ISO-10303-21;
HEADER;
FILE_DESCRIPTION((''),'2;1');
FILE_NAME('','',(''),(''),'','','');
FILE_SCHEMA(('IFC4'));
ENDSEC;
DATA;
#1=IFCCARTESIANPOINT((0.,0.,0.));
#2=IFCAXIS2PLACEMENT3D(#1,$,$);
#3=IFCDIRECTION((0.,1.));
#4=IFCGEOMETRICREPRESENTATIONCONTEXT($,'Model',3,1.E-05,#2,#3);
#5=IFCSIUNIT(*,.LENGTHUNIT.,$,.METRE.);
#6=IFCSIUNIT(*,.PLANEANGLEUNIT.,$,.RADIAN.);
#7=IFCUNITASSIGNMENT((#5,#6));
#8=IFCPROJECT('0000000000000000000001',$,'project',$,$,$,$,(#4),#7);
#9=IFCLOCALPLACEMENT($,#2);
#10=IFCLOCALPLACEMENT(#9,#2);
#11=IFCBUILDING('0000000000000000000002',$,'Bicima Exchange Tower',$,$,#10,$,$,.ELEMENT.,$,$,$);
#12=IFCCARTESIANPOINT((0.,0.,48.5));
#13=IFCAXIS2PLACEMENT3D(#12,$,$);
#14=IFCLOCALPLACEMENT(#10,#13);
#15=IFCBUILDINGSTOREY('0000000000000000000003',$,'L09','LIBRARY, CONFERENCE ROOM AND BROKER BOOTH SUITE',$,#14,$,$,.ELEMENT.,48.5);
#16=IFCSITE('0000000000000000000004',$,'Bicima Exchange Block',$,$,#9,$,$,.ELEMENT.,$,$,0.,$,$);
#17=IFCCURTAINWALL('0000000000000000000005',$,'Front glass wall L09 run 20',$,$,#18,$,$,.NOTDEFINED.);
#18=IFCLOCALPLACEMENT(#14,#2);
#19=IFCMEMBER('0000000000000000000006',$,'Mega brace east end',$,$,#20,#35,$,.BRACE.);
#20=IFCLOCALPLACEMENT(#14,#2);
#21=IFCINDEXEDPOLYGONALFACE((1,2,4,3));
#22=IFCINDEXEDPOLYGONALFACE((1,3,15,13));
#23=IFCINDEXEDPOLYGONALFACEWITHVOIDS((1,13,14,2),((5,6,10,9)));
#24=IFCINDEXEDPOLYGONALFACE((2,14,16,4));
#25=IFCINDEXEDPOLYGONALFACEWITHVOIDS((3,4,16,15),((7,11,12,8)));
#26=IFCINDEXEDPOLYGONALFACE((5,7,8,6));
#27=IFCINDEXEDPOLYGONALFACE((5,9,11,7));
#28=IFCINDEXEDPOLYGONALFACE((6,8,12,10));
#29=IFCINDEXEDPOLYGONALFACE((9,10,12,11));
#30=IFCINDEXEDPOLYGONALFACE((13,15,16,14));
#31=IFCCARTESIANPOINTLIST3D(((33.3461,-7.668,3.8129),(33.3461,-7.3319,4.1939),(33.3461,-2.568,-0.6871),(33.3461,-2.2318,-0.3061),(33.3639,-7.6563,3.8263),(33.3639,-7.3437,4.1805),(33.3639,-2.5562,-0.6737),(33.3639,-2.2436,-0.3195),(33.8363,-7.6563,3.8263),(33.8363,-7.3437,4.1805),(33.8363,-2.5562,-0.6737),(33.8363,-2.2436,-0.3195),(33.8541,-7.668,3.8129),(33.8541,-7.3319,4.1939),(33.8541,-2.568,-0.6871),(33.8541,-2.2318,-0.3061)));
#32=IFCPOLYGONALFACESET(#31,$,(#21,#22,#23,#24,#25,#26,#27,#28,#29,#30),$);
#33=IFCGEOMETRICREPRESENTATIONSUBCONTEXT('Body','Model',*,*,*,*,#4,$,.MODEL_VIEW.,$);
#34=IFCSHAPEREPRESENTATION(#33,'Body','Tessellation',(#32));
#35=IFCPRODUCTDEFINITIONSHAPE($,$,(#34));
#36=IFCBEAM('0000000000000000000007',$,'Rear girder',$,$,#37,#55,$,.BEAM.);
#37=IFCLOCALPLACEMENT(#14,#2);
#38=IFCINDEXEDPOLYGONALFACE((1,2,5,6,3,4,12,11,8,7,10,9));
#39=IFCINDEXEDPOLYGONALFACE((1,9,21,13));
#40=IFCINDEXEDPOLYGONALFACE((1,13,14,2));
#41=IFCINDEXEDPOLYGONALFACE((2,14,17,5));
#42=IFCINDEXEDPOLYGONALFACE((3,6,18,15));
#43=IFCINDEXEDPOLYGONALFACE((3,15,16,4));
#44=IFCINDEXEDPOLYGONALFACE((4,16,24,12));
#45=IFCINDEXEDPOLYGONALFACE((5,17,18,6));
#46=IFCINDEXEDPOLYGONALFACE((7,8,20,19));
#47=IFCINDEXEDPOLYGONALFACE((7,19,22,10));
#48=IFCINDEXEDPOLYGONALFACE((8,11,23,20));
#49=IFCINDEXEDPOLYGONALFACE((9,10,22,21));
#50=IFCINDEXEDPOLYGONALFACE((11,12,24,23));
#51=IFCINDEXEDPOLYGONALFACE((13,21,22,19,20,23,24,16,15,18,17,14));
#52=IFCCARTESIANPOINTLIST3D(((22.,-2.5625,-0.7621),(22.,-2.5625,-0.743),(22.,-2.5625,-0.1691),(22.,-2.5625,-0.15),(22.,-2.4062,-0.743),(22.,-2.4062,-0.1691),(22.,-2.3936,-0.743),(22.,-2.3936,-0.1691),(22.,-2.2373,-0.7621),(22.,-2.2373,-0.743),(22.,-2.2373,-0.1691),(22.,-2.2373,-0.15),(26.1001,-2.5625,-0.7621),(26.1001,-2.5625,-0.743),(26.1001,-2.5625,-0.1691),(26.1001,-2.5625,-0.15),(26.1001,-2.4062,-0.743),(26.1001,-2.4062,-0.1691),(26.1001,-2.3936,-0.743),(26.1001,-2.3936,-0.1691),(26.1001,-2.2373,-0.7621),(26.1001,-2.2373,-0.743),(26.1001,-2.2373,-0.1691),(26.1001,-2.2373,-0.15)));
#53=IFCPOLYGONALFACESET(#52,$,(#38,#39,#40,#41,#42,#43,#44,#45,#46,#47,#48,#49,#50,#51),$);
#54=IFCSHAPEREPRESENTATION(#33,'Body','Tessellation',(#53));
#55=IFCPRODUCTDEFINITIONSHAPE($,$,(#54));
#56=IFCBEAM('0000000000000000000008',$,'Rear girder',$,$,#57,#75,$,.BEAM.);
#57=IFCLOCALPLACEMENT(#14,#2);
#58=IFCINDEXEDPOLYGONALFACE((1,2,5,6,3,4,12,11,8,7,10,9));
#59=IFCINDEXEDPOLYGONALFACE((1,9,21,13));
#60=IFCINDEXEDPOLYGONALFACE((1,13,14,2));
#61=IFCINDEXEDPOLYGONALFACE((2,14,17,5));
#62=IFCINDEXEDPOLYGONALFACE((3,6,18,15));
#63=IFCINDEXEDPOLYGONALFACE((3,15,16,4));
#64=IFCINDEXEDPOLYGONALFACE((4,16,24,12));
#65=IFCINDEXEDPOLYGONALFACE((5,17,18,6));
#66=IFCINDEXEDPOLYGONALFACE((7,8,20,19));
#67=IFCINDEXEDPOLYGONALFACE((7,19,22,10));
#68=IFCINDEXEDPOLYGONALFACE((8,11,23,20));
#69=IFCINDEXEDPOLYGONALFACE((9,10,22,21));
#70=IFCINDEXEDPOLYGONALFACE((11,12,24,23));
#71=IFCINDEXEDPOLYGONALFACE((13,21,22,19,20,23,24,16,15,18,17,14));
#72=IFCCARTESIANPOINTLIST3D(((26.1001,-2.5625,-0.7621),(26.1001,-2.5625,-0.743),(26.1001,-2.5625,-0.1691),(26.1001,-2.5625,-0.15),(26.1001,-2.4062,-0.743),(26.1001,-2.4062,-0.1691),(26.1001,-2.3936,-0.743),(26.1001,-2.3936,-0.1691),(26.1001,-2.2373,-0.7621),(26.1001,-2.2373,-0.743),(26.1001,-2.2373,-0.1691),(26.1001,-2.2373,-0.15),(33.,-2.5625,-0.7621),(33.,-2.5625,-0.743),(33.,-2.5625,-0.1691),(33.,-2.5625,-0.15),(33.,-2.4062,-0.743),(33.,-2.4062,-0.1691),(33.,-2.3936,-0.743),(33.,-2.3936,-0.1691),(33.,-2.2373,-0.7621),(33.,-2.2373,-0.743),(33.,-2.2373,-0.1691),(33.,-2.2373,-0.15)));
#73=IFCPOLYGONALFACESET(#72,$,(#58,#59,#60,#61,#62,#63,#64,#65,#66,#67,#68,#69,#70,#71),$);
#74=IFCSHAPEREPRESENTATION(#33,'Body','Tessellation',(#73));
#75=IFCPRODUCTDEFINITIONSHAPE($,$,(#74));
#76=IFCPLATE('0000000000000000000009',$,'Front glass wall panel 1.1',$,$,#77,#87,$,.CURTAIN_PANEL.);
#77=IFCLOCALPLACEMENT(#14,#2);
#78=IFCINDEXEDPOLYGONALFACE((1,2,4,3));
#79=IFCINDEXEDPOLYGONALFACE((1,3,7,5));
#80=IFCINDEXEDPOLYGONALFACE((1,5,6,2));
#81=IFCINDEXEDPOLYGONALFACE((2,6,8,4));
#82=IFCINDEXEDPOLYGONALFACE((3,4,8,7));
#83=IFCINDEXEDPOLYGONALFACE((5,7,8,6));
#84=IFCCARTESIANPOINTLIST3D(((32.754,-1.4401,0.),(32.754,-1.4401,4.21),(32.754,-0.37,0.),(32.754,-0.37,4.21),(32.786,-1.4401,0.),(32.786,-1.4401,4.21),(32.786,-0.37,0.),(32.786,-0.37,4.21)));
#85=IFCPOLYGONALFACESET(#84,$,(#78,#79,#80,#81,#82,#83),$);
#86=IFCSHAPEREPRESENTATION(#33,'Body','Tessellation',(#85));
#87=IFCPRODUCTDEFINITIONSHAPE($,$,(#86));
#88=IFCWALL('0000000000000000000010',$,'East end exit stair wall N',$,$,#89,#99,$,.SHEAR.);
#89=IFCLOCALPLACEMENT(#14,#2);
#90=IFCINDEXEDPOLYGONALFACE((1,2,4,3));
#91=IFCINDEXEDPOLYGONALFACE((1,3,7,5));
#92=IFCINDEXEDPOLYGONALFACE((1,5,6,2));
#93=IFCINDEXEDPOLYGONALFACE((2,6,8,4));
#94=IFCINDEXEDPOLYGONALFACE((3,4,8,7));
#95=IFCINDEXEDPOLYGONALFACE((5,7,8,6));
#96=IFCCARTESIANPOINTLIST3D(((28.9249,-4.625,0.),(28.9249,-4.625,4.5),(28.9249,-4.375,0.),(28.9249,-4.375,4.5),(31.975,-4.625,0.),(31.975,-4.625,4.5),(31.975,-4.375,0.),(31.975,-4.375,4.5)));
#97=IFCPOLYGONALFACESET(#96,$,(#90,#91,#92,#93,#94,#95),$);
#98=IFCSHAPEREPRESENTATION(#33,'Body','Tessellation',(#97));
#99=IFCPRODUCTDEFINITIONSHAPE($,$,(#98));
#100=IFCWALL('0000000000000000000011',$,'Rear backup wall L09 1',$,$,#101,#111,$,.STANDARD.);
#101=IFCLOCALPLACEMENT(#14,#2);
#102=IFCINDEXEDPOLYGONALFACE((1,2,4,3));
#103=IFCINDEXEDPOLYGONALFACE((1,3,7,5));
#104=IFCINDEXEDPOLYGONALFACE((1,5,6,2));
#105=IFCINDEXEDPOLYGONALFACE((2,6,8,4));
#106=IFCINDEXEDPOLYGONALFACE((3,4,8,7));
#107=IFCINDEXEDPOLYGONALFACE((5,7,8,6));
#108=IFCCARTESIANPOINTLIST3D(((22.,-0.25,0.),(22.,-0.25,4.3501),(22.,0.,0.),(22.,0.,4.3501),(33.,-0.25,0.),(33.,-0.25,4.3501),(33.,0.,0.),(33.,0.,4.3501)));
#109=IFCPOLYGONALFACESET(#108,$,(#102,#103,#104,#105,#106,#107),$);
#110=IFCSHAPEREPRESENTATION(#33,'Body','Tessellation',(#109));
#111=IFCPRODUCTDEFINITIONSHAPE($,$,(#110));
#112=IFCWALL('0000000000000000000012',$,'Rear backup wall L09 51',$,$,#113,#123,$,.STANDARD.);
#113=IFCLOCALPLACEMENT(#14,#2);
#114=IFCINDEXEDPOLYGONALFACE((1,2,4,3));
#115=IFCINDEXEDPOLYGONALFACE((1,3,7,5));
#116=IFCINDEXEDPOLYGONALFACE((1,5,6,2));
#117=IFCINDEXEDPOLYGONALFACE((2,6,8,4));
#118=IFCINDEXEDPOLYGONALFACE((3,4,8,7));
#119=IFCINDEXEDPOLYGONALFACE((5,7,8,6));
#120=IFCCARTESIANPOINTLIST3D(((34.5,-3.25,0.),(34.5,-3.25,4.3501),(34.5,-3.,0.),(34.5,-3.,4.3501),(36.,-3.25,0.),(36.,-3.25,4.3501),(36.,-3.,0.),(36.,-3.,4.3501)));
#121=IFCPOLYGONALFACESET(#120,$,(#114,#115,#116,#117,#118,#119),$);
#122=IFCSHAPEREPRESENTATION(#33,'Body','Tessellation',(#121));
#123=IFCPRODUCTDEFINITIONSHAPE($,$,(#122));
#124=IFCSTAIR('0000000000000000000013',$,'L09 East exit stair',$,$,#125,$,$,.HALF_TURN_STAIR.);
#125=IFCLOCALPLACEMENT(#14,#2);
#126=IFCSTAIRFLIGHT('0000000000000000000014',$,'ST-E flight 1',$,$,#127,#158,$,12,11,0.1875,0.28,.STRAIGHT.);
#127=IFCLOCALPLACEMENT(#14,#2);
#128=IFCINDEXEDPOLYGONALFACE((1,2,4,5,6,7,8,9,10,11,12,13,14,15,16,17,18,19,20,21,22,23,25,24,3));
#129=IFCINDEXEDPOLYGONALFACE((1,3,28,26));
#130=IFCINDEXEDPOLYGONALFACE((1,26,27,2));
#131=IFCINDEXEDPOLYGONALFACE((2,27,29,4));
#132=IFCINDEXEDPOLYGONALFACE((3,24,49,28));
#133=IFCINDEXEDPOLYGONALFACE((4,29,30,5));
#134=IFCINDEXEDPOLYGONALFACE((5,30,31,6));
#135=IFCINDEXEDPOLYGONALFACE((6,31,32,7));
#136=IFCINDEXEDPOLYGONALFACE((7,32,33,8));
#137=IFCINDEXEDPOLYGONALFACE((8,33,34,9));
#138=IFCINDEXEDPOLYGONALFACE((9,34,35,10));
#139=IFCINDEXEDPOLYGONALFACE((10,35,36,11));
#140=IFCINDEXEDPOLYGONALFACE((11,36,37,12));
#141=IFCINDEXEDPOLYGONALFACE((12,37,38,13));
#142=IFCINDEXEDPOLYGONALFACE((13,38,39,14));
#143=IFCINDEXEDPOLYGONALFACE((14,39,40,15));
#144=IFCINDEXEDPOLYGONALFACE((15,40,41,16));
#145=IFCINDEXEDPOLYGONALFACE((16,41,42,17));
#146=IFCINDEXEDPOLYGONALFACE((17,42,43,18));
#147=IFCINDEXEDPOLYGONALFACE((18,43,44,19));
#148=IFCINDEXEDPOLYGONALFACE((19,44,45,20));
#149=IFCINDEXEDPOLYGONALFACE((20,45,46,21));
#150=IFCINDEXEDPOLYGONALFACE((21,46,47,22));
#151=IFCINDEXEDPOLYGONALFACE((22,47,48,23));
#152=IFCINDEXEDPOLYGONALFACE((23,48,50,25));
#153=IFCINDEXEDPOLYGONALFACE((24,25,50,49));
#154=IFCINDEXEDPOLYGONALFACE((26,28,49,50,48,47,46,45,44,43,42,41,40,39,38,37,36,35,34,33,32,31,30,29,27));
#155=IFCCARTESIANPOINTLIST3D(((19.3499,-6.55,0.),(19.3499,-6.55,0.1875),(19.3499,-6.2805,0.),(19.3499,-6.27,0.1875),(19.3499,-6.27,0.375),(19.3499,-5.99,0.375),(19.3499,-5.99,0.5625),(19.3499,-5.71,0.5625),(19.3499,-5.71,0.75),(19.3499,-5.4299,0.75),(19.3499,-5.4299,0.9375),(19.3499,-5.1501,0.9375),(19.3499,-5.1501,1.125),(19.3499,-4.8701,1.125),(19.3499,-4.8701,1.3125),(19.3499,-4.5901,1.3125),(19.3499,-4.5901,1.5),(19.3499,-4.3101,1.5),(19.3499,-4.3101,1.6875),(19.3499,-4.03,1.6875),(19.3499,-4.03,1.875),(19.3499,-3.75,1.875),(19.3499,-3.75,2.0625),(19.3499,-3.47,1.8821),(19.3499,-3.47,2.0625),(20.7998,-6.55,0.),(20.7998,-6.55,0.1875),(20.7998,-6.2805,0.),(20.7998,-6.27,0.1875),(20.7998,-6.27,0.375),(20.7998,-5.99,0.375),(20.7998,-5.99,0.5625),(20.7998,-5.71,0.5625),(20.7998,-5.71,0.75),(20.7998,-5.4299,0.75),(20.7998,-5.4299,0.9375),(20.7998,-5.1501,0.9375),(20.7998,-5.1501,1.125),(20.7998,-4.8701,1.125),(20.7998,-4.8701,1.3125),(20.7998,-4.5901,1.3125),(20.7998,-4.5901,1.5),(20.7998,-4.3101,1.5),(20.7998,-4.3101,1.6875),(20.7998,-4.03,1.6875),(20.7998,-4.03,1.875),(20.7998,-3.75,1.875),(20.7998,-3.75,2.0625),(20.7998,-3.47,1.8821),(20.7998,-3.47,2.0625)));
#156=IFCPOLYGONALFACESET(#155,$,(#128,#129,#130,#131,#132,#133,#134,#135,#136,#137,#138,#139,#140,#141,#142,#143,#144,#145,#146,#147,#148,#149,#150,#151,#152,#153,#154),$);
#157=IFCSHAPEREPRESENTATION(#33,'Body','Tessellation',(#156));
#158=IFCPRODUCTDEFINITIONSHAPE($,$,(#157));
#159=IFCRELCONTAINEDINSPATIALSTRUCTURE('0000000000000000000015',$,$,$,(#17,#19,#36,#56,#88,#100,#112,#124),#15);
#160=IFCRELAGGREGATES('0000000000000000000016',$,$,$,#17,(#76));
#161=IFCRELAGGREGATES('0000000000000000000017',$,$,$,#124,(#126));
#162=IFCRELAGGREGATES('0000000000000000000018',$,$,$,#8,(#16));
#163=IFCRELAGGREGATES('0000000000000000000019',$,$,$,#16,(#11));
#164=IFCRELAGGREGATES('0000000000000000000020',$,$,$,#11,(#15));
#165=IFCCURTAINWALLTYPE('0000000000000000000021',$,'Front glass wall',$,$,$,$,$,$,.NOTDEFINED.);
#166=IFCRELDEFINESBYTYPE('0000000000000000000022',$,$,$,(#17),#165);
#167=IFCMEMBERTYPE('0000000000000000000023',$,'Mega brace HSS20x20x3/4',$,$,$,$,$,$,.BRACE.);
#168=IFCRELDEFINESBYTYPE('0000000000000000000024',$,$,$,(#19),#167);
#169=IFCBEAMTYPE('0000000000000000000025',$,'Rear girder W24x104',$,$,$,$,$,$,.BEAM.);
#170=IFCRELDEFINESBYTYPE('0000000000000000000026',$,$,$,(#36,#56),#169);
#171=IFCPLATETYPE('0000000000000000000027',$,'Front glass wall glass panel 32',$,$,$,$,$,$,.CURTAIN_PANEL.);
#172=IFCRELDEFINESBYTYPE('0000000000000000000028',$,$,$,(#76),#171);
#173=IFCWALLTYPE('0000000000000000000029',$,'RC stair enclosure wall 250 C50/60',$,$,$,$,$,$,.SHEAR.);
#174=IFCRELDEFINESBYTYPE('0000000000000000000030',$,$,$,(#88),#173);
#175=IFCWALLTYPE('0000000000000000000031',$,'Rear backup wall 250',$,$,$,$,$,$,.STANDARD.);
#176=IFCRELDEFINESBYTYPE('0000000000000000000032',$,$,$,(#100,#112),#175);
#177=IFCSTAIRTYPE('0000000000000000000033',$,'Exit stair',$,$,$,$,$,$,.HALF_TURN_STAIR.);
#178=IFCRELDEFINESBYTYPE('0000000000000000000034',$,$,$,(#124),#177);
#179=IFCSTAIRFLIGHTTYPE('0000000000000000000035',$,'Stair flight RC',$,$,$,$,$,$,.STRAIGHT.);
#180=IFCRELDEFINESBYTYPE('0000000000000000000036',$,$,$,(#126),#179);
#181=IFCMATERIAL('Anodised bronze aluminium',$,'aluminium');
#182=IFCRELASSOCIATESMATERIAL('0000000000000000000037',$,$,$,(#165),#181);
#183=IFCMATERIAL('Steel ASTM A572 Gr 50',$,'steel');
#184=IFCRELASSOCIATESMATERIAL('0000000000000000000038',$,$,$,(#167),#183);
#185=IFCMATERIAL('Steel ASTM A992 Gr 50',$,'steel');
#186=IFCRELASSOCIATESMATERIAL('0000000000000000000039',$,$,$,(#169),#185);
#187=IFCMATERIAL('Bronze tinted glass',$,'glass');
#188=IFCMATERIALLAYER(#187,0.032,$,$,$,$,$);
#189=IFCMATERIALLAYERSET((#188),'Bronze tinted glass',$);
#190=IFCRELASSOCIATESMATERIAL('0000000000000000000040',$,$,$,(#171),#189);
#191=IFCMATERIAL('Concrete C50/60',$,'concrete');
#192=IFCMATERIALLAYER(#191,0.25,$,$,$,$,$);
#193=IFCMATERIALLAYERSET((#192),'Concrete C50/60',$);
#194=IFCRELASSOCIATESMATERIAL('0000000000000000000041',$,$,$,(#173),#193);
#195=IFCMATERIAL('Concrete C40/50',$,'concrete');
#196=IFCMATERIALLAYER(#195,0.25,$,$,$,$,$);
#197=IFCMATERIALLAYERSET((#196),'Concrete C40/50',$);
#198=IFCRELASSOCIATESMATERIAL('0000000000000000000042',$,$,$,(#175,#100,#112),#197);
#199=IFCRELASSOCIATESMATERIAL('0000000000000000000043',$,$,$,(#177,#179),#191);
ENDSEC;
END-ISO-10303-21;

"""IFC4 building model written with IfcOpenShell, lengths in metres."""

from ifc_helpers import new_model, si_unit, direction, frame, frame_2d, origin, origin_2d, place, context, subcontext, project, spatial, polyline, rectangle, hollow_rectangle, i_section, outline, extrude, material, layer, layer_set, layer_usage, material_profile, profile_set, type_object, element, aggregate, save


model = new_model("IFC4")

# Units and contexts
model_context = context("Model", 3, precision=1e-05, world=origin(), true_north=direction((0.0, 1.0)))
body_context = subcontext(model_context, "Body", "Model", "MODEL_VIEW")
ifc_project = project(units=[si_unit("LENGTHUNIT", "METRE"), si_unit("PLANEANGLEUNIT", "RADIAN")], contexts=[model_context])

# Site, building, storey
site_placement = place(None, origin())
site = spatial("IfcSite", under=ifc_project, at=site_placement, Name="Bicima Exchange Block", CompositionType="ELEMENT", RefElevation=0.0)
building_placement = place(site_placement, origin())
building = spatial("IfcBuilding", under=site, at=building_placement, Name="Bicima Exchange Tower", CompositionType="ELEMENT")
storey_placement = place(building_placement, frame((0.0, 0.0, 48.5)))
storey = spatial("IfcBuildingStorey", under=building, at=storey_placement, Name="L09", Description="LIBRARY, CONFERENCE ROOM AND BROKER BOOTH SUITE", CompositionType="ELEMENT", Elevation=48.5)

# Shared definitions
ifc_material_1 = material(Name="Steel ASTM A572 Gr 50", Category="steel")
ifc_material_2 = material(Name="Steel ASTM A992 Gr 50", Category="steel")

# Curtain wall
ifc_material_3 = material(Name="Anodised bronze aluminium", Category="aluminium")
curtain_wall_type = type_object("IfcCurtainWallType", Name="Front glass wall", PredefinedType="NOTDEFINED", material=ifc_material_3)
curtain_wall_placement = place(storey_placement, origin())
curtain_wall = element("IfcCurtainWall", 1, at=curtain_wall_placement, inside=storey, type_object=curtain_wall_type, Name="Front glass wall L09 run 20", PredefinedType="NOTDEFINED")

# Member
ifc_material_profile_1 = material_profile(ifc_material_1, hollow_rectangle(XDim=0.5081, YDim=0.5081, WallThickness=0.0178, at=origin_2d()))
ifc_profile_set_1 = profile_set([ifc_material_profile_1], Name="Steel ASTM A572 Gr 50")
member_type_1 = type_object("IfcMemberType", Name="Mega brace HSS20x20x3/4", PredefinedType="BRACE", material=ifc_profile_set_1)
member_1_placement = place(storey_placement, frame((33.6001, -2.3999, -0.4966), z_axis=(0.0, -0.749844, 0.661615), x_axis=(1.0, 0.0, 0.0)))
element("IfcMember", 2, at=member_1_placement, inside=storey, type_object=member_type_1, Name="Mega brace east end", PredefinedType="BRACE", context=body_context, shape_type="SweptSolid", body=[
    extrude(hollow_rectangle(XDim=0.5081, YDim=0.5081, WallThickness=0.0178, at=origin_2d()), origin(), (0.0, 0.0, 1.0), 6.8015),
])

# Beams
ifc_material_profile_2 = material_profile(ifc_material_2, i_section(OverallWidth=0.3252, OverallDepth=0.6121, WebThickness=0.0127, FlangeThickness=0.019, at=origin_2d()))
ifc_profile_set_2 = profile_set([ifc_material_profile_2], Name="Steel ASTM A992 Gr 50")
beam_type_1 = type_object("IfcBeamType", Name="Rear girder W24x104", PredefinedType="BEAM", material=ifc_profile_set_2)
beam_1_placement = place(storey_placement, frame((22.0, -2.3999, -0.4561), z_axis=(1.0, 0.0, 0.0), x_axis=(0.0, 1.0, 0.0)))
element("IfcBeam", 3, at=beam_1_placement, inside=storey, type_object=beam_type_1, Name="Rear girder", PredefinedType="BEAM", context=body_context, shape_type="SweptSolid", body=[
    extrude(i_section(OverallWidth=0.3252, OverallDepth=0.6121, WebThickness=0.0127, FlangeThickness=0.019, at=origin_2d()), origin(), (0.0, 0.0, 1.0), 4.1001),
])
beam_2_placement = place(storey_placement, frame((26.1001, -2.3999, -0.4561), z_axis=(1.0, 0.0, 0.0), x_axis=(0.0, 1.0, 0.0)))
element("IfcBeam", 4, at=beam_2_placement, inside=storey, type_object=beam_type_1, Name="Rear girder", PredefinedType="BEAM", context=body_context, shape_type="SweptSolid", body=[
    extrude(i_section(OverallWidth=0.3252, OverallDepth=0.6121, WebThickness=0.0127, FlangeThickness=0.019, at=origin_2d()), origin(), (0.0, 0.0, 1.0), 6.8999),
])

# Plate
ifc_material_4 = material(Name="Bronze tinted glass", Category="glass")
ifc_layer_1 = layer(ifc_material_4, 0.032)
ifc_layer_set_1 = layer_set([ifc_layer_1], Name="Bronze tinted glass")
plate_type = type_object("IfcPlateType", Name="Front glass wall glass panel 32", PredefinedType="CURTAIN_PANEL", material=ifc_layer_set_1)
plate_placement = place(storey_placement, frame((32.77, -0.905, 0.0), z_axis=(0.0, 0.0, 1.0), x_axis=(0.0, 1.0, 0.0)))
plate = element("IfcPlate", 5, at=plate_placement, type_object=plate_type, Name="Front glass wall panel 1.1", PredefinedType="CURTAIN_PANEL", context=body_context, shape_type="SweptSolid", body=[
    extrude(rectangle(XDim=1.0701, YDim=0.032, at=origin_2d()), origin(), (0.0, 0.0, 1.0), 4.21),
])
aggregate(curtain_wall, [plate])

# Walls
ifc_material_5 = material(Name="Concrete C50/60", Category="concrete")
ifc_layer_2 = layer(ifc_material_5, 0.25)
ifc_layer_set_2 = layer_set([ifc_layer_2], Name="Concrete C50/60")
wall_type_1 = type_object("IfcWallType", Name="RC stair enclosure wall 250 C50/60", PredefinedType="SHEAR", material=ifc_layer_set_2)
wall_1_placement = place(storey_placement, frame((28.925, -4.5, 0.0), z_axis=(0.0, 0.0, 1.0), x_axis=(1.0, 0.0, 0.0)))
element("IfcWall", 6, at=wall_1_placement, inside=storey, type_object=wall_type_1, Name="East end exit stair wall N", PredefinedType="SHEAR", context=body_context, shape_type="SweptSolid", body=[
    extrude(rectangle(XDim=3.05, YDim=0.25, at=frame_2d((1.5249, 0.0))), origin(), (0.0, 0.0, 1.0), 4.5),
])
ifc_material_6 = material(Name="Concrete C40/50", Category="concrete")
ifc_layer_3 = layer(ifc_material_6, 0.25)
ifc_layer_set_3 = layer_set([ifc_layer_3], Name="Concrete C40/50")
ifc_layer_usage = layer_usage(ifc_layer_set_3, "AXIS2", "POSITIVE", -0.125)
wall_type_2 = type_object("IfcWallType", Name="Rear backup wall 250", PredefinedType="STANDARD", material=ifc_layer_set_3)
wall_2_placement = place(storey_placement, frame((33.0, -0.125, 0.0), z_axis=(0.0, 0.0, 1.0), x_axis=(-1.0, 0.0, 0.0)))
element("IfcWall", 7, at=wall_2_placement, inside=storey, type_object=wall_type_2, material=ifc_layer_usage, Name="Rear backup wall L09 1", PredefinedType="STANDARD", context=body_context, shape_type="SweptSolid", body=[
    extrude(rectangle(XDim=11.0, YDim=0.25, at=frame_2d((5.5, 0.0))), origin(), (0.0, 0.0, 1.0), 4.3501),
])
wall_3_placement = place(storey_placement, frame((36.0, -3.125, 0.0), z_axis=(0.0, 0.0, 1.0), x_axis=(-1.0, 0.0, 0.0)))
element("IfcWall", 8, at=wall_3_placement, inside=storey, type_object=wall_type_2, material=ifc_layer_usage, Name="Rear backup wall L09 51", PredefinedType="STANDARD", context=body_context, shape_type="SweptSolid", body=[
    extrude(rectangle(XDim=1.5, YDim=0.25, at=frame_2d((0.75, 0.0))), origin(), (0.0, 0.0, 1.0), 4.3501),
])

# Stair, stair flight
stair_type = type_object("IfcStairType", Name="Exit stair", PredefinedType="HALF_TURN_STAIR", material=ifc_material_5)
stair_1_placement = place(storey_placement, origin())
stair_1 = element("IfcStair", 9, at=stair_1_placement, inside=storey, type_object=stair_type, Name="L09 East exit stair", PredefinedType="HALF_TURN_STAIR")
stair_flight_type = type_object("IfcStairFlightType", Name="Stair flight RC", PredefinedType="STRAIGHT", material=ifc_material_5)
stair_flight_1_placement = place(storey_placement, frame((20.075, -6.55, 0.0), z_axis=(0.0, 0.0, 1.0), x_axis=(0.0, 1.0, 0.0)))
stair_flight_1 = element("IfcStairFlight", 10, at=stair_flight_1_placement, type_object=stair_flight_type, Name="ST-E flight 1", NumberOfRisers=12, NumberOfTreads=11, PredefinedType="STRAIGHT", RiserHeight=0.1875, TreadLength=0.28, context=body_context, shape_type="SweptSolid", body=[
    extrude(outline(polyline([(0.0, 0.0), (0.0, 0.1875), (0.28, 0.1875), (0.28, 0.375), (0.5601, 0.375), (0.5601, 0.5625), (0.8401, 0.5625), (0.8401, 0.75), (1.1201, 0.75), (1.1201, 0.9375), (1.3999, 0.9375), (1.3999, 1.125), (1.6799, 1.125), (1.6799, 1.3125), (1.96, 1.3125), (1.96, 1.5), (2.24, 1.5), (2.24, 1.6875), (2.52, 1.6875), (2.52, 1.875), (2.8, 1.875), (2.8, 2.0625), (3.0801, 2.0625), (3.0801, 2.25), (3.0801, 1.8821), (0.2695, 0.0), (0.0, 0.0)])), frame((0.0, 0.7251, 0.0), z_axis=(0.0, -1.0, 0.0), x_axis=(1.0, 0.0, 0.0)), (0.0, 0.0, 1.0), 1.45),
])
aggregate(stair_1, [stair_flight_1])

save(model, "model.ifc")
